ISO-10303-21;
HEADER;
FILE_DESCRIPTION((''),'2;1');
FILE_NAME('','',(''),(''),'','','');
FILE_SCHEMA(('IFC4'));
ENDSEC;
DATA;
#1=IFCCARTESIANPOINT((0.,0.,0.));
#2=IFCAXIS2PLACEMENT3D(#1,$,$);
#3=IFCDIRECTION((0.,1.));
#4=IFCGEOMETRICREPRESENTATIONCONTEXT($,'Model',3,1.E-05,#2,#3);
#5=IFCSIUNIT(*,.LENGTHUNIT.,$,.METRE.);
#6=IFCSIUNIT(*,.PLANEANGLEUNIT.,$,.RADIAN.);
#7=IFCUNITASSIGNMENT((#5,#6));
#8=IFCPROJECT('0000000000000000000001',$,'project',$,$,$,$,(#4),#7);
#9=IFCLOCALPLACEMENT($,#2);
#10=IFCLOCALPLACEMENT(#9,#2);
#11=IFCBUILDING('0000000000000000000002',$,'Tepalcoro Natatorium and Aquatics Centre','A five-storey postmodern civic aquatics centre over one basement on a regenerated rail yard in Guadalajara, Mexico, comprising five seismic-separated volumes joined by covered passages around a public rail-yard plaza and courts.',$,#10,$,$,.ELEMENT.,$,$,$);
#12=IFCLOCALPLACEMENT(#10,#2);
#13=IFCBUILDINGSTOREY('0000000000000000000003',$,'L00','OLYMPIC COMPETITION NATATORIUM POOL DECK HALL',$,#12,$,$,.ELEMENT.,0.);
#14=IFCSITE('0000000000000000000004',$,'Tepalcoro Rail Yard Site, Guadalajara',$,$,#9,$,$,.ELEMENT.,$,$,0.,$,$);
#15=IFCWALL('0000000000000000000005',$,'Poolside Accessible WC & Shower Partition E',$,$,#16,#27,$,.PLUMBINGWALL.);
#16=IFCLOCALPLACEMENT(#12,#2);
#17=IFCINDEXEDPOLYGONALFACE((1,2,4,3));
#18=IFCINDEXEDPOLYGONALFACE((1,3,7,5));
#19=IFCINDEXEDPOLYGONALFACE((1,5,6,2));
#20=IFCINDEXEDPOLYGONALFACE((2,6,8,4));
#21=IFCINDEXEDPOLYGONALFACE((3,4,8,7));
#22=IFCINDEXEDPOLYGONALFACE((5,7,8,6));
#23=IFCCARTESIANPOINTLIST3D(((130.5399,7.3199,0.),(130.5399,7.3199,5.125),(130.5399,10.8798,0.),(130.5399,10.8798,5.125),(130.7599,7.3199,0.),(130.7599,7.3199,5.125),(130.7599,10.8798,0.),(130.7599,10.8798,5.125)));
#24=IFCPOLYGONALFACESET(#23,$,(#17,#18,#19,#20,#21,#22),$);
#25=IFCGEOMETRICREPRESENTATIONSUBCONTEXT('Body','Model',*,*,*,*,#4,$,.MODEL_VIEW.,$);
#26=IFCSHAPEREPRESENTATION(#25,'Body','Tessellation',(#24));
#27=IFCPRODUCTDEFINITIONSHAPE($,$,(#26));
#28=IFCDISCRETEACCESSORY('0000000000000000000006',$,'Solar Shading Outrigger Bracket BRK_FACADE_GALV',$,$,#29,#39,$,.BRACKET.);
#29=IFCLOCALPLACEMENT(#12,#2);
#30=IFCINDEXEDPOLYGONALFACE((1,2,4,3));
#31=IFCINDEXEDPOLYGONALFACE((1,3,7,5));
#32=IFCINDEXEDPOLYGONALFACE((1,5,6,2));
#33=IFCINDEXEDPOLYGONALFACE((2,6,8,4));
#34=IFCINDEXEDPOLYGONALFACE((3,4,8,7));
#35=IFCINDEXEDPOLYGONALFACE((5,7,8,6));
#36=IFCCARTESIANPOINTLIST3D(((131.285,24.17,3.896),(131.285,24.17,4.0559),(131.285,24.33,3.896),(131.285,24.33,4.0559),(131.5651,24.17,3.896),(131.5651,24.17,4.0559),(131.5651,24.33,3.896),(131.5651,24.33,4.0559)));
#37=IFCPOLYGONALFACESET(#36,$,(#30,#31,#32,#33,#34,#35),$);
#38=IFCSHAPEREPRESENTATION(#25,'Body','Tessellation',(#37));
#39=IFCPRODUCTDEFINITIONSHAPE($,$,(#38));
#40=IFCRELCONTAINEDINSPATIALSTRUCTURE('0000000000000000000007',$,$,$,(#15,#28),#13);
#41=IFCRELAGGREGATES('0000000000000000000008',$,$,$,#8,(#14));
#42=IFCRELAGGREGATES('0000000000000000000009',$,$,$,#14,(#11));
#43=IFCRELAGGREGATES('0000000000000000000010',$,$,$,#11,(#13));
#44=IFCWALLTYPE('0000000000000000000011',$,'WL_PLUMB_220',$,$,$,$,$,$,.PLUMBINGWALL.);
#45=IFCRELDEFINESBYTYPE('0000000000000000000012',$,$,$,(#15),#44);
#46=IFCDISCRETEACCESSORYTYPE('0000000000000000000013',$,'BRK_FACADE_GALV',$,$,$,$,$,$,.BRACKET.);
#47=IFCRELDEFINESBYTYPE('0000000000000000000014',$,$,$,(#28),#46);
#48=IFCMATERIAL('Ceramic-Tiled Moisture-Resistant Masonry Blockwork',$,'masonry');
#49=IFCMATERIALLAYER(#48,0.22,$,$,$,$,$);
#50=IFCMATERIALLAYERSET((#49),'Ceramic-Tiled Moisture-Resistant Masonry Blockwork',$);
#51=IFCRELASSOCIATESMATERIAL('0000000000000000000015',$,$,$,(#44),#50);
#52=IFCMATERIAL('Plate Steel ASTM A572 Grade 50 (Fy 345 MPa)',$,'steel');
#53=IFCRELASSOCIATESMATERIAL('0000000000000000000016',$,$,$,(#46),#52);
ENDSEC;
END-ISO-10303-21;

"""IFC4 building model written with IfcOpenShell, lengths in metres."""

from ifc_helpers import new_model, si_unit, direction, frame, frame_2d, origin, origin_2d, place, context, subcontext, project, spatial, rectangle, extrude, material, layer, layer_set, type_object, element, save


model = new_model("IFC4")

# Units and contexts
model_context = context("Model", 3, precision=1e-05, world=origin(), true_north=direction((0.0, 1.0)))
body_context = subcontext(model_context, "Body", "Model", "MODEL_VIEW")
ifc_project = project(units=[si_unit("LENGTHUNIT", "METRE"), si_unit("PLANEANGLEUNIT", "RADIAN")], contexts=[model_context])

# Site, building, storey
site_placement = place(None, origin())
site = spatial("IfcSite", under=ifc_project, at=site_placement, Name="Tepalcoro Rail Yard Site, Guadalajara", CompositionType="ELEMENT", RefElevation=0.0)
building_placement = place(site_placement, origin())
building = spatial("IfcBuilding", under=site, at=building_placement, Name="Tepalcoro Natatorium and Aquatics Centre", Description="A five-storey postmodern civic aquatics centre over one basement on a regenerated rail yard in Guadalajara, Mexico, comprising five seismic-separated volumes joined by covered passages around a public rail-yard plaza and courts.", CompositionType="ELEMENT")
storey_placement = place(building_placement, origin())
storey = spatial("IfcBuildingStorey", under=building, at=storey_placement, Name="L00", Description="OLYMPIC COMPETITION NATATORIUM POOL DECK HALL", CompositionType="ELEMENT", Elevation=0.0)

# Wall
ifc_material_1 = material(Name="Ceramic-Tiled Moisture-Resistant Masonry Blockwork", Category="masonry")
ifc_layer_1 = layer(ifc_material_1, 0.22)
ifc_layer_set_1 = layer_set([ifc_layer_1], Name="Ceramic-Tiled Moisture-Resistant Masonry Blockwork")
wall_type_1 = type_object("IfcWallType", Name="WL_PLUMB_220", PredefinedType="PLUMBINGWALL", material=ifc_layer_set_1)
wall_1_placement = place(storey_placement, frame((130.6499, 7.3201, 0.0), z_axis=(0.0, 0.0, 1.0), x_axis=(0.0, 1.0, 0.0)))
element("IfcWall", 1, at=wall_1_placement, inside=storey, type_object=wall_type_1, Name="Poolside Accessible WC & Shower Partition E", PredefinedType="PLUMBINGWALL", context=body_context, shape_type="SweptSolid", body=[
    extrude(rectangle(XDim=3.5598, YDim=0.22, at=frame_2d((1.7798, 0.0))), origin(), (0.0, 0.0, 1.0), 5.125),
])

# Discrete accessory
ifc_material_2 = material(Name="Plate Steel ASTM A572 Grade 50 (Fy 345 MPa)", Category="steel")
discrete_accessory_type = type_object("IfcDiscreteAccessoryType", Name="BRK_FACADE_GALV", PredefinedType="BRACKET", material=ifc_material_2)
discrete_accessory_placement = place(storey_placement, frame((131.425, 24.25, 3.896), z_axis=(0.0, 0.0, 1.0), x_axis=(1.0, 0.0, 0.0)))
element("IfcDiscreteAccessory", 2, at=discrete_accessory_placement, inside=storey, type_object=discrete_accessory_type, Name="Solar Shading Outrigger Bracket BRK_FACADE_GALV", PredefinedType="BRACKET", context=body_context, shape_type="SweptSolid", body=[
    extrude(rectangle(XDim=0.28, YDim=0.1599, at=origin_2d()), origin(), (0.0, 0.0, 1.0), 0.1599),
])

save(model, "model.ifc")
